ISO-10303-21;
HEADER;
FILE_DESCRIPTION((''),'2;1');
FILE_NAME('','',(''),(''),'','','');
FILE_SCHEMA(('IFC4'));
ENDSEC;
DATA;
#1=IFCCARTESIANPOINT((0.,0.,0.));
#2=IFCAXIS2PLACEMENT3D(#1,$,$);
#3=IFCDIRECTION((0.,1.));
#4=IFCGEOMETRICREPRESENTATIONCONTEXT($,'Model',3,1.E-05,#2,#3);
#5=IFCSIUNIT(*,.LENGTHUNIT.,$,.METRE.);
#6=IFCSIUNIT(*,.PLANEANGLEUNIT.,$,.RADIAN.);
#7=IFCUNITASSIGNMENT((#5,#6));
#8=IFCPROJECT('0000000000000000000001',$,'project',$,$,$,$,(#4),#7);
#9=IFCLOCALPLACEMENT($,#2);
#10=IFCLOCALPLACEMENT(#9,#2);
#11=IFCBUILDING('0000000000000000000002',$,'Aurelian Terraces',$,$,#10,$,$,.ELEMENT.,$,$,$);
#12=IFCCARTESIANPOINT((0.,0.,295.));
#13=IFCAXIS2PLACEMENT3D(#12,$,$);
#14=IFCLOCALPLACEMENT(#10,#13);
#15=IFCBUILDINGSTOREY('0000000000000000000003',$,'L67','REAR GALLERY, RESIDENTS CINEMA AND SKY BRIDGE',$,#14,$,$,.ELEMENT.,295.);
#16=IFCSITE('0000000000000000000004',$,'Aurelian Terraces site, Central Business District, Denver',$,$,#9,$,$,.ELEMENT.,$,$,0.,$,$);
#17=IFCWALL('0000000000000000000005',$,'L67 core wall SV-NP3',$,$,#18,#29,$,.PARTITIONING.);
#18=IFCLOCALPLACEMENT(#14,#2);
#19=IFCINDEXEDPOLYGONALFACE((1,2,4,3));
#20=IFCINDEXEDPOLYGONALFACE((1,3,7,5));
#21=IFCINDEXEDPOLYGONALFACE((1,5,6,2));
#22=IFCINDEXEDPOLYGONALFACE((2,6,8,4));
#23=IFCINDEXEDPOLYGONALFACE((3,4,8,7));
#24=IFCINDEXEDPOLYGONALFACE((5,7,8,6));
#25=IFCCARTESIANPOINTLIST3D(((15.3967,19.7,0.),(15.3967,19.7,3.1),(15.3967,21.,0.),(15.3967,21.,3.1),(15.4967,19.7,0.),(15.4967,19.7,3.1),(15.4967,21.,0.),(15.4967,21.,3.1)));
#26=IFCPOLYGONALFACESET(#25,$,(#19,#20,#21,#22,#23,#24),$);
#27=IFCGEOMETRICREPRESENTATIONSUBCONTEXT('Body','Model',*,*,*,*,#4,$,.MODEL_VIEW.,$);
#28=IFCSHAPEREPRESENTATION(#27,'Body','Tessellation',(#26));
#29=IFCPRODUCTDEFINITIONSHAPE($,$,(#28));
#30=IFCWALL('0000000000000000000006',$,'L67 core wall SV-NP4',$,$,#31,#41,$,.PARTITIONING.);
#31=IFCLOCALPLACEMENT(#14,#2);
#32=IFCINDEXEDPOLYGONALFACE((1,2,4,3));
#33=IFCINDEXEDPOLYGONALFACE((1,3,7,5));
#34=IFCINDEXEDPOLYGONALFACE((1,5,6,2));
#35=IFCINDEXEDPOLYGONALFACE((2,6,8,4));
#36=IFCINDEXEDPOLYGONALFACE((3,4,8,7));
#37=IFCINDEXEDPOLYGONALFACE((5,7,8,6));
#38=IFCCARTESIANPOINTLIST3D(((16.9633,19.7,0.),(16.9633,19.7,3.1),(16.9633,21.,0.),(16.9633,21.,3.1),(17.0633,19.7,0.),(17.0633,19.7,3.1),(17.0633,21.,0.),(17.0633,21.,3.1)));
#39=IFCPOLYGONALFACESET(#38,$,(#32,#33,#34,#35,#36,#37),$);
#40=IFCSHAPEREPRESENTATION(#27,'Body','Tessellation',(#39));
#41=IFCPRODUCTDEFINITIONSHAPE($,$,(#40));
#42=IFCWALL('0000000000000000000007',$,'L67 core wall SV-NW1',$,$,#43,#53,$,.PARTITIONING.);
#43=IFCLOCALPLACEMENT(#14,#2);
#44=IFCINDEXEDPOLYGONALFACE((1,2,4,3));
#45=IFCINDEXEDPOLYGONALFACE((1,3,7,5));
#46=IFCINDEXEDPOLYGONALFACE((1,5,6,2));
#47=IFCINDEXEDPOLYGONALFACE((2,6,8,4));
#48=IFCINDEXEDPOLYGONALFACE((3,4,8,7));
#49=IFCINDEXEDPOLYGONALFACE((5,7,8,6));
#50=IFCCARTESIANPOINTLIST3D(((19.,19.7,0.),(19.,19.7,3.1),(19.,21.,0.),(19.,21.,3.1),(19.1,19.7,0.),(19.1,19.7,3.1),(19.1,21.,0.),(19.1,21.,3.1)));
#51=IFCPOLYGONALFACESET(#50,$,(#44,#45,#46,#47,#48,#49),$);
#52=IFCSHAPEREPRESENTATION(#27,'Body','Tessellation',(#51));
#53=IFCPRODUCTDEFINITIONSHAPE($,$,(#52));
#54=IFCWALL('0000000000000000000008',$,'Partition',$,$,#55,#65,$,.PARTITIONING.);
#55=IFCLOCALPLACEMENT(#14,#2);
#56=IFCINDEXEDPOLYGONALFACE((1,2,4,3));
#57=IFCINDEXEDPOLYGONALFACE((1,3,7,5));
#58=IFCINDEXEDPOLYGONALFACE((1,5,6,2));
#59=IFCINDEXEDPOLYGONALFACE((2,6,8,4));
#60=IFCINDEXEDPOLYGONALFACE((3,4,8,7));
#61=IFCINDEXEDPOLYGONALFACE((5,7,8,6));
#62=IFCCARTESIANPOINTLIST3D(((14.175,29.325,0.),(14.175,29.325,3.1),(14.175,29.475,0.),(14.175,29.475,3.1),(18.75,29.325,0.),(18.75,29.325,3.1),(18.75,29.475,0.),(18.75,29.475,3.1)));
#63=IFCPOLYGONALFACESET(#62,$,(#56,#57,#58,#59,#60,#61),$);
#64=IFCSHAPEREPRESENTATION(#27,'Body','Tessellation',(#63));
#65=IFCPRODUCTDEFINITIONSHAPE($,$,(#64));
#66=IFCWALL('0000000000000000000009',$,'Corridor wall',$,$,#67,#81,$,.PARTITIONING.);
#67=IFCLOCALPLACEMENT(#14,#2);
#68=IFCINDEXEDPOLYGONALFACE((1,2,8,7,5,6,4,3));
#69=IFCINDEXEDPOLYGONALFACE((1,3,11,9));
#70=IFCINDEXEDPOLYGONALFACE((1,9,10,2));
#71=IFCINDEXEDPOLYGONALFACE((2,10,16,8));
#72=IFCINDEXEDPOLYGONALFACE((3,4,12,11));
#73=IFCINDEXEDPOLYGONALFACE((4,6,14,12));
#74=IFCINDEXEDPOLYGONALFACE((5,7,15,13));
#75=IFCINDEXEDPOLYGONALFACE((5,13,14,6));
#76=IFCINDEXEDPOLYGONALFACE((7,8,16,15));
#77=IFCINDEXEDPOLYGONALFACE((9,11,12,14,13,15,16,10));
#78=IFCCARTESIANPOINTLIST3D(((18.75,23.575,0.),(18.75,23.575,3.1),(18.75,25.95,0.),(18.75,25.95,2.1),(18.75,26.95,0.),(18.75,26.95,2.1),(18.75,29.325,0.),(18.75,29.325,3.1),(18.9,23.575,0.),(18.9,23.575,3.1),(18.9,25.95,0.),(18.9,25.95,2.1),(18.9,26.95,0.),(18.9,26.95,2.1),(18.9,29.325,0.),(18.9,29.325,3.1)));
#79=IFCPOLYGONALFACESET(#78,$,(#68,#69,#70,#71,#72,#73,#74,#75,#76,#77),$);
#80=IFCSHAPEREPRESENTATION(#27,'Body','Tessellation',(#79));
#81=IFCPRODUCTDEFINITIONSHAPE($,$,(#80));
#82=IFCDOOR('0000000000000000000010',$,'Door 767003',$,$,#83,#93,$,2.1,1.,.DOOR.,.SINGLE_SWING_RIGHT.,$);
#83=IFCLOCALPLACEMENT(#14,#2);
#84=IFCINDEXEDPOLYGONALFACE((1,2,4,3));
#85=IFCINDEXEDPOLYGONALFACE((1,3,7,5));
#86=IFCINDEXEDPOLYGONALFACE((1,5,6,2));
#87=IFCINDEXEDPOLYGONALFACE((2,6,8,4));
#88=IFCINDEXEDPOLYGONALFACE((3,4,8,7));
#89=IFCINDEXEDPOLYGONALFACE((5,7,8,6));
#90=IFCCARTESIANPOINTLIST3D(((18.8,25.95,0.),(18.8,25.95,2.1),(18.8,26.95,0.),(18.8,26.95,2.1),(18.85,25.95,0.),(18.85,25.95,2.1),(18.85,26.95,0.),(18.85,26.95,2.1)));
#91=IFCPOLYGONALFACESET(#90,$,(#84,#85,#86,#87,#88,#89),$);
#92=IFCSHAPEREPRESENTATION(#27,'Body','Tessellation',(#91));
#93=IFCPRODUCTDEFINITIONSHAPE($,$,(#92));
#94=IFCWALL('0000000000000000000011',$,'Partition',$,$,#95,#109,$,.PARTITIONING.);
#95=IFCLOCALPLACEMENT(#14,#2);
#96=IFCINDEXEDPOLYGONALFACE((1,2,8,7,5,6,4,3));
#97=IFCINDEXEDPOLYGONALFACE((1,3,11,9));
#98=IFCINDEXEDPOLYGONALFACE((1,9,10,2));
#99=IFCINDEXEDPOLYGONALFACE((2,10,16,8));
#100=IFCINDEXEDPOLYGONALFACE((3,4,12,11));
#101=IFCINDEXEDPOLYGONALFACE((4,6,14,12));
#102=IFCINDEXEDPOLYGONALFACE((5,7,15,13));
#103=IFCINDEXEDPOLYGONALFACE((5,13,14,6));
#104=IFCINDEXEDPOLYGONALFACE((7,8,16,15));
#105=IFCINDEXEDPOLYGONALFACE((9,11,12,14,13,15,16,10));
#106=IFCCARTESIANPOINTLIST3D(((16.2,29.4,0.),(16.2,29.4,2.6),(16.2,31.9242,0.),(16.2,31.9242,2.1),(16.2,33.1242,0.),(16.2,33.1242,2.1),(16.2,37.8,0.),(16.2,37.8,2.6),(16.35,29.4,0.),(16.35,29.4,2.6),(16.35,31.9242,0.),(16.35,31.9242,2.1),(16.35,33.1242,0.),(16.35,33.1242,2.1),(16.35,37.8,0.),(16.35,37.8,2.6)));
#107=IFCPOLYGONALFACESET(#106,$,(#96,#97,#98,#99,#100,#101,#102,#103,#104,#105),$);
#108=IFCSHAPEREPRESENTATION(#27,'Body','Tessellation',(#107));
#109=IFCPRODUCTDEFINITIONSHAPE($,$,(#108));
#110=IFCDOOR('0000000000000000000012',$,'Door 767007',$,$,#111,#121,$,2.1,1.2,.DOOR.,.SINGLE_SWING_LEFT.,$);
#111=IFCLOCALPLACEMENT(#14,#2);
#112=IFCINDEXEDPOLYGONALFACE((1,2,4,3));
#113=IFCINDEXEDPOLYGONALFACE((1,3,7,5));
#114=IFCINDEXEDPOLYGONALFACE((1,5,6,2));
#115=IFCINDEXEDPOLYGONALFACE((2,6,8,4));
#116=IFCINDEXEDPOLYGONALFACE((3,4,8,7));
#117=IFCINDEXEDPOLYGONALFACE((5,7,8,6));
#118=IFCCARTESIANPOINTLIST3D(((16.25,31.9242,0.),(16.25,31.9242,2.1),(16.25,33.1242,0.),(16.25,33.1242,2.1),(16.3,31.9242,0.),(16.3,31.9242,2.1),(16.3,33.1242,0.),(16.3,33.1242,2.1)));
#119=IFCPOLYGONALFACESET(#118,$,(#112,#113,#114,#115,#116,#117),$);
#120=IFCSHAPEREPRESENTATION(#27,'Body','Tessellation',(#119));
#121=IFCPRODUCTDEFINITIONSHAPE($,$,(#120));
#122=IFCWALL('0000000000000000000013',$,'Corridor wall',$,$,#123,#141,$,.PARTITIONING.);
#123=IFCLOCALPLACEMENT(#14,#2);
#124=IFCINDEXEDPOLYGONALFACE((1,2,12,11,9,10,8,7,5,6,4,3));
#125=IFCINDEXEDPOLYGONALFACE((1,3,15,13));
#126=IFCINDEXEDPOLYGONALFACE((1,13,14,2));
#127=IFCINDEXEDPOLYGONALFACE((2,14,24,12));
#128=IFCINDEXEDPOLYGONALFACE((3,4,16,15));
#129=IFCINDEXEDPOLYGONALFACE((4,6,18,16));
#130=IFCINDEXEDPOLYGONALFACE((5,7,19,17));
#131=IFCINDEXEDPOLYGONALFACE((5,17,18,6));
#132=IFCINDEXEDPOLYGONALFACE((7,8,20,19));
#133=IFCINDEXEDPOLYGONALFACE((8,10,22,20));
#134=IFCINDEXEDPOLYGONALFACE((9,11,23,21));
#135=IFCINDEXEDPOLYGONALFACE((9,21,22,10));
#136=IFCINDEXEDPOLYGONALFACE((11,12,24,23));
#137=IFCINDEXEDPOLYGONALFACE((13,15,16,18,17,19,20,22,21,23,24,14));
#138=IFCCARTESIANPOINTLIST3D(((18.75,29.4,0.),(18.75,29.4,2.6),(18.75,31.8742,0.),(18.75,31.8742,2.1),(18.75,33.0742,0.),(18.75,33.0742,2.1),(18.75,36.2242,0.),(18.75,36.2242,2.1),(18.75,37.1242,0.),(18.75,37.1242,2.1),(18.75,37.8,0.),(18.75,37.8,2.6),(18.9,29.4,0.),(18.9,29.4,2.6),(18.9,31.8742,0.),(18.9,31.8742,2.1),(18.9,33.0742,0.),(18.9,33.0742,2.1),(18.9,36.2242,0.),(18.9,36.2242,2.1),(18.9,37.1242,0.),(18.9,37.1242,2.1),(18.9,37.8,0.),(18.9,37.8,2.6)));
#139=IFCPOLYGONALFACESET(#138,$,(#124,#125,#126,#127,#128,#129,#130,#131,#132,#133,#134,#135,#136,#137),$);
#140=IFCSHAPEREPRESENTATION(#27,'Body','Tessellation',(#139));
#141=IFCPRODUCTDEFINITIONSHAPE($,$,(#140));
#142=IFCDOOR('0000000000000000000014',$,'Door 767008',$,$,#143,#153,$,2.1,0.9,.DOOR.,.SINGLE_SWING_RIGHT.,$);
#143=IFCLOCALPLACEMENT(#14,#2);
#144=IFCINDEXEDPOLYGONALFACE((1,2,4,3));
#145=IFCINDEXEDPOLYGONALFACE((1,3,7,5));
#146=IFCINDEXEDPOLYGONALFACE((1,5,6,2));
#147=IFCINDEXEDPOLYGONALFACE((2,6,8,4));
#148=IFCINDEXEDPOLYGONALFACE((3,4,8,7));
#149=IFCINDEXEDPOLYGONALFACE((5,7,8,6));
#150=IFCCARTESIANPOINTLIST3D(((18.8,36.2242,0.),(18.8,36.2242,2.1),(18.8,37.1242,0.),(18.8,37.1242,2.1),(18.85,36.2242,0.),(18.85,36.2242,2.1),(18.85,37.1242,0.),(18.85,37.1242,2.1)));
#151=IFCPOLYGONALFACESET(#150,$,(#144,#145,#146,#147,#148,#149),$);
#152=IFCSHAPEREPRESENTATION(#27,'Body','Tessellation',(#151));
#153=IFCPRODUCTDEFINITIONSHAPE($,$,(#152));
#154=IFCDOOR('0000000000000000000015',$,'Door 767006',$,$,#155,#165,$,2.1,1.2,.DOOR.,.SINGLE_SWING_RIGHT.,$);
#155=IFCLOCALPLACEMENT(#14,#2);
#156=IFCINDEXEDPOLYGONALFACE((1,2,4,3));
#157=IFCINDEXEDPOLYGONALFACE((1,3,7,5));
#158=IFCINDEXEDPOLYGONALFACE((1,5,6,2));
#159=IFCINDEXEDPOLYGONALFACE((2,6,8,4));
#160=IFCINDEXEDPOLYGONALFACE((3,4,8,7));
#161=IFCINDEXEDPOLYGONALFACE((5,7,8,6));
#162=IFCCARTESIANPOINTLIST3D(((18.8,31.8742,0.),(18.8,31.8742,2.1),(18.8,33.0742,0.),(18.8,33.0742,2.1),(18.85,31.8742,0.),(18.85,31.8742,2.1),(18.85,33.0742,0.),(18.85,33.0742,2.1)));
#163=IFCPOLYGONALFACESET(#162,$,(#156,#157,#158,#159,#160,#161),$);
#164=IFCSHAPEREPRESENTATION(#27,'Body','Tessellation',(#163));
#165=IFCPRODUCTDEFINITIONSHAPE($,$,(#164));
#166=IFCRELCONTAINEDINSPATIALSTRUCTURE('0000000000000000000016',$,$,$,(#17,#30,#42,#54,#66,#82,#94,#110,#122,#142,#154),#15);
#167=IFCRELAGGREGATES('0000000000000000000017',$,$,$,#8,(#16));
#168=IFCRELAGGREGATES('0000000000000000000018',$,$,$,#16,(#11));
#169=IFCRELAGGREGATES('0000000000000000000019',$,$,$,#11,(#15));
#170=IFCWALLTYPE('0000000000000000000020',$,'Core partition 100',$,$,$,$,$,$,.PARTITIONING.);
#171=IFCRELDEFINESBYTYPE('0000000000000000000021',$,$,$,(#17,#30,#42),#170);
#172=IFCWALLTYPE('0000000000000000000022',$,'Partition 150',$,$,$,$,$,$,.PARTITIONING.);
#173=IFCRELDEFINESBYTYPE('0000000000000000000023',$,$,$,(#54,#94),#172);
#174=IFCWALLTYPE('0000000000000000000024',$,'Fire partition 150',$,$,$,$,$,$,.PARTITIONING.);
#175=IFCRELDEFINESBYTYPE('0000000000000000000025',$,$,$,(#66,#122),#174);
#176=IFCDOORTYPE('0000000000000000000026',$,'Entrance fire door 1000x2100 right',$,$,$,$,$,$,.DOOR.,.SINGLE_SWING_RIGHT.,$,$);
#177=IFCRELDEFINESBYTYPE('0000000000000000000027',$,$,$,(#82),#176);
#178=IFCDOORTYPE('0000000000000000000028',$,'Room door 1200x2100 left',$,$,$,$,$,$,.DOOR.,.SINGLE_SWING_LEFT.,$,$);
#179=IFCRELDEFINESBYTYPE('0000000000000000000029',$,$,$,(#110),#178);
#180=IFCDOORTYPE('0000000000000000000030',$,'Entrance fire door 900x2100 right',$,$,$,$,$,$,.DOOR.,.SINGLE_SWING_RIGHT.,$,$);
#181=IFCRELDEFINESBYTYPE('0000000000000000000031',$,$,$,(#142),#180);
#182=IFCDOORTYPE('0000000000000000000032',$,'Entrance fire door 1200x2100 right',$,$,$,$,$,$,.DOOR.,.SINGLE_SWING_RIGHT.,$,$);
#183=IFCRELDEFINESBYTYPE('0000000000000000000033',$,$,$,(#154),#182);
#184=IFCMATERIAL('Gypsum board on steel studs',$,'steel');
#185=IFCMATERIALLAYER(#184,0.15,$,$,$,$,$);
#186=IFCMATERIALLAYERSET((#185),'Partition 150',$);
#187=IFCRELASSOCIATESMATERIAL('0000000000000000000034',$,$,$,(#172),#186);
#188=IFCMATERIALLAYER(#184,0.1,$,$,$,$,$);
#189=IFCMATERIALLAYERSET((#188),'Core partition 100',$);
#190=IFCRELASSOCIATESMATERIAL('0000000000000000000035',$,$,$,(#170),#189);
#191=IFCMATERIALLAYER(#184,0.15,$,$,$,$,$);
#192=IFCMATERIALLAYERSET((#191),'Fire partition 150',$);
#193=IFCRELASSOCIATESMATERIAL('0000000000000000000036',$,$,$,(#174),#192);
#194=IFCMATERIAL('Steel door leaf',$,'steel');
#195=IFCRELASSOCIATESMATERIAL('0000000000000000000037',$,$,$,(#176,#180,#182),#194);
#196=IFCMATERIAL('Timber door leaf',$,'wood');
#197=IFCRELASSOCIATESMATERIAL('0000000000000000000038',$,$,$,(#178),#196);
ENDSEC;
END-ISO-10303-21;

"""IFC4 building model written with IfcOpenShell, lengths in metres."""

from ifc_helpers import new_model, si_unit, direction, frame, frame_2d, origin, place, context, subcontext, project, spatial, rectangle, extrude, source, transform, mapped, material, layer, layer_set, type_object, element, fill, save


model = new_model("IFC4")

# Units and contexts
model_context = context("Model", 3, precision=1e-05, world=origin(), true_north=direction((0.0, 1.0)))
body_context = subcontext(model_context, "Body", "Model", "MODEL_VIEW")
ifc_project = project(units=[si_unit("LENGTHUNIT", "METRE"), si_unit("PLANEANGLEUNIT", "RADIAN")], contexts=[model_context])

# Site, building, storey
site_placement = place(None, origin())
site = spatial("IfcSite", under=ifc_project, at=site_placement, Name="Aurelian Terraces site, Central Business District, Denver", CompositionType="ELEMENT", RefElevation=0.0)
building_placement = place(site_placement, origin())
building = spatial("IfcBuilding", under=site, at=building_placement, Name="Aurelian Terraces", CompositionType="ELEMENT")
storey_placement = place(building_placement, frame((0.0, 0.0, 295.0)))
storey = spatial("IfcBuildingStorey", under=building, at=storey_placement, Name="L67", Description="REAR GALLERY, RESIDENTS CINEMA AND SKY BRIDGE", CompositionType="ELEMENT", Elevation=295.0)

# Shared definitions
ifc_material_1 = material(Name="Gypsum board on steel studs", Category="steel")
ifc_layer_1 = layer(ifc_material_1, 0.15)
ifc_layer_set_1 = layer_set([ifc_layer_1], Name="Partition 150")
wall_type_1 = type_object("IfcWallType", Name="Partition 150", PredefinedType="PARTITIONING", material=ifc_layer_set_1)

# Shared definitions
ifc_material_2 = material(Name="Steel door leaf", Category="steel")
shared_shape_1 = source(origin(), body_context, "Body", "SweptSolid", [
    extrude(rectangle(XDim=0.9, YDim=2.1, at=frame_2d((0.45, 1.05))), frame((0.0, 0.025, 0.0), z_axis=(0.0, -1.0, 0.0), x_axis=(1.0, 0.0, 0.0)), (0.0, 0.0, 1.0), 0.05),
])
shared_shape_2 = source(origin(), body_context, "Body", "SweptSolid", [
    extrude(rectangle(XDim=1.2, YDim=2.1, at=frame_2d((0.6, 1.05))), frame((0.0, 0.025, 0.0), z_axis=(0.0, -1.0, 0.0), x_axis=(1.0, 0.0, 0.0)), (0.0, 0.0, 1.0), 0.05),
])

# Walls
ifc_layer_2 = layer(ifc_material_1, 0.1)
ifc_layer_set_2 = layer_set([ifc_layer_2], Name="Core partition 100")
wall_type_2 = type_object("IfcWallType", Name="Core partition 100", PredefinedType="PARTITIONING", material=ifc_layer_set_2)
shared_shape_3 = source(origin(), body_context, "Body", "SweptSolid", [
    extrude(rectangle(XDim=1.3, YDim=0.1, at=frame_2d((0.65, 0.0))), origin(), (0.0, 0.0, 1.0), 3.1),
])
for number, where, z_axis, x_axis, name in (
    (1, (15.4467, 19.7, 0.0), (0.0, 0.0, 1.0), (0.0, 1.0, 0.0), "L67 core wall SV-NP3"),
    (2, (17.0133, 19.7, 0.0), (0.0, 0.0, 1.0), (0.0, 1.0, 0.0), "L67 core wall SV-NP4"),
    (3, (19.05, 19.7, 0.0), (0.0, 0.0, 1.0), (0.0, 1.0, 0.0), "L67 core wall SV-NW1"),
):
    element("IfcWall", number, at=place(storey_placement, frame(where, z_axis=z_axis, x_axis=x_axis)), inside=storey, type_object=wall_type_2, Name=name, PredefinedType="PARTITIONING", context=body_context, shape_type="MappedRepresentation", body=[
        mapped(shared_shape_3, transform((0.0, 0.0, 0.0), scale=1.0)),
    ])
shared_shape_4 = source(origin(), body_context, "Body", "SweptSolid", [
    extrude(rectangle(XDim=4.575, YDim=0.15, at=frame_2d((2.2875, 0.0))), origin(), (0.0, 0.0, 1.0), 3.1),
])
wall_1_placement = place(storey_placement, frame((18.75, 29.4, 0.0), z_axis=(0.0, 0.0, 1.0), x_axis=(-1.0, 0.0, 0.0)))
element("IfcWall", 4, at=wall_1_placement, inside=storey, type_object=wall_type_1, Name="Partition", PredefinedType="PARTITIONING", context=body_context, shape_type="MappedRepresentation", body=[
    mapped(shared_shape_4, transform((0.0, 0.0, 0.0), scale=1.0)),
])

# Walls, openings, doors
ifc_layer_3 = layer(ifc_material_1, 0.15)
ifc_layer_set_3 = layer_set([ifc_layer_3], Name="Fire partition 150")
wall_type_3 = type_object("IfcWallType", Name="Fire partition 150", PredefinedType="PARTITIONING", material=ifc_layer_set_3)
shared_shape_5 = source(origin(), body_context, "Body", "SweptSolid", [
    extrude(rectangle(XDim=5.75, YDim=0.15, at=frame_2d((2.875, 0.0))), origin(), (0.0, 0.0, 1.0), 3.1),
])
wall_2_placement = place(storey_placement, frame((18.825, 23.575, 0.0), z_axis=(0.0, 0.0, 1.0), x_axis=(0.0, 1.0, 0.0)))
wall_2 = element("IfcWall", 5, at=wall_2_placement, inside=storey, type_object=wall_type_3, Name="Corridor wall", PredefinedType="PARTITIONING", context=body_context, shape_type="MappedRepresentation", body=[
    mapped(shared_shape_5, transform((0.0, 0.0, 0.0), scale=1.0)),
])
shared_shape_6 = source(origin(), body_context, "Body", "SweptSolid", [
    extrude(rectangle(XDim=1.0, YDim=2.1, at=frame_2d((0.5, 1.05))), frame((0.0, 0.085, 0.0), z_axis=(0.0, -1.0, 0.0), x_axis=(1.0, 0.0, 0.0)), (0.0, 0.0, 1.0), 0.17),
])
opening_1_placement = place(wall_2_placement, frame((2.375, 0.0, 0.0)))
opening_1 = element("IfcOpeningElement", 6, at=opening_1_placement, cuts=wall_2, PredefinedType="OPENING", context=body_context, shape_type="MappedRepresentation", body=[
    mapped(shared_shape_6, transform((0.0, 0.0, 0.0), scale=1.0)),
])
door_type_1 = type_object("IfcDoorType", Name="Entrance fire door 1000x2100 right", OperationType="SINGLE_SWING_RIGHT", PredefinedType="DOOR", material=ifc_material_2)
shared_shape_7 = source(origin(), body_context, "Body", "SweptSolid", [
    extrude(rectangle(XDim=1.0, YDim=2.1, at=frame_2d((0.5, 1.05))), frame((0.0, 0.025, 0.0), z_axis=(0.0, -1.0, 0.0), x_axis=(1.0, 0.0, 0.0)), (0.0, 0.0, 1.0), 0.05),
])
door_1_placement = place(opening_1_placement, origin())
door_1 = element("IfcDoor", 7, at=door_1_placement, inside=storey, type_object=door_type_1, Name="Door 767003", OperationType="SINGLE_SWING_RIGHT", OverallHeight=2.1, OverallWidth=1.0, PredefinedType="DOOR", context=body_context, shape_type="MappedRepresentation", body=[
    mapped(shared_shape_7, transform((0.0, 0.0, 0.0), scale=1.0)),
])
fill(opening_1, door_1)
shared_shape_8 = source(origin(), body_context, "Body", "SweptSolid", [
    extrude(rectangle(XDim=8.4, YDim=0.15, at=frame_2d((4.2, 0.0))), origin(), (0.0, 0.0, 1.0), 2.6),
])
wall_3_placement = place(storey_placement, frame((16.275, 29.4, 0.0), z_axis=(0.0, 0.0, 1.0), x_axis=(0.0, 1.0, 0.0)))
wall_3 = element("IfcWall", 8, at=wall_3_placement, inside=storey, type_object=wall_type_1, Name="Partition", PredefinedType="PARTITIONING", context=body_context, shape_type="MappedRepresentation", body=[
    mapped(shared_shape_8, transform((0.0, 0.0, 0.0), scale=1.0)),
])
shared_shape_9 = source(origin(), body_context, "Body", "SweptSolid", [
    extrude(rectangle(XDim=1.2, YDim=2.1, at=frame_2d((0.6, 1.05))), frame((0.0, 0.085, 0.0), z_axis=(0.0, -1.0, 0.0), x_axis=(1.0, 0.0, 0.0)), (0.0, 0.0, 1.0), 0.17),
])
opening_2_placement = place(wall_3_placement, frame((2.5242, 0.0, 0.0)))
opening_2 = element("IfcOpeningElement", 9, at=opening_2_placement, cuts=wall_3, PredefinedType="OPENING", context=body_context, shape_type="MappedRepresentation", body=[
    mapped(shared_shape_9, transform((0.0, 0.0, 0.0), scale=1.0)),
])
ifc_material_3 = material(Name="Timber door leaf", Category="wood")
door_type_2 = type_object("IfcDoorType", Name="Room door 1200x2100 left", OperationType="SINGLE_SWING_LEFT", PredefinedType="DOOR", material=ifc_material_3)
door_2_placement = place(opening_2_placement, origin())
door_2 = element("IfcDoor", 10, at=door_2_placement, inside=storey, type_object=door_type_2, Name="Door 767007", OperationType="SINGLE_SWING_LEFT", OverallHeight=2.1, OverallWidth=1.2, PredefinedType="DOOR", context=body_context, shape_type="MappedRepresentation", body=[
    mapped(shared_shape_2, transform((0.0, 0.0, 0.0), scale=1.0)),
])
fill(opening_2, door_2)

# Wall, openings, doors
wall_4_placement = place(storey_placement, frame((18.825, 29.4, 0.0), z_axis=(0.0, 0.0, 1.0), x_axis=(0.0, 1.0, 0.0)))
wall_4 = element("IfcWall", 11, at=wall_4_placement, inside=storey, type_object=wall_type_3, Name="Corridor wall", PredefinedType="PARTITIONING", context=body_context, shape_type="MappedRepresentation", body=[
    mapped(shared_shape_8, transform((0.0, 0.0, 0.0), scale=1.0)),
])
opening_3_placement = place(wall_4_placement, frame((2.4742, 0.0, 0.0)))
opening_3 = element("IfcOpeningElement", 12, at=opening_3_placement, cuts=wall_4, PredefinedType="OPENING", context=body_context, shape_type="MappedRepresentation", body=[
    mapped(shared_shape_9, transform((0.0, 0.0, 0.0), scale=1.0)),
])
shared_shape_10 = source(origin(), body_context, "Body", "SweptSolid", [
    extrude(rectangle(XDim=0.9, YDim=2.1, at=frame_2d((0.45, 1.05))), frame((0.0, 0.085, 0.0), z_axis=(0.0, -1.0, 0.0), x_axis=(1.0, 0.0, 0.0)), (0.0, 0.0, 1.0), 0.17),
])
opening_4_placement = place(wall_4_placement, frame((6.8242, 0.0, 0.0)))
opening_4 = element("IfcOpeningElement", 13, at=opening_4_placement, cuts=wall_4, PredefinedType="OPENING", context=body_context, shape_type="MappedRepresentation", body=[
    mapped(shared_shape_10, transform((0.0, 0.0, 0.0), scale=1.0)),
])
door_type_3 = type_object("IfcDoorType", Name="Entrance fire door 900x2100 right", OperationType="SINGLE_SWING_RIGHT", PredefinedType="DOOR", material=ifc_material_2)
door_3_placement = place(opening_4_placement, origin())
door_3 = element("IfcDoor", 14, at=door_3_placement, inside=storey, type_object=door_type_3, Name="Door 767008", OperationType="SINGLE_SWING_RIGHT", OverallHeight=2.1, OverallWidth=0.9, PredefinedType="DOOR", context=body_context, shape_type="MappedRepresentation", body=[
    mapped(shared_shape_1, transform((0.0, 0.0, 0.0), scale=1.0)),
])
fill(opening_4, door_3)
door_type_4 = type_object("IfcDoorType", Name="Entrance fire door 1200x2100 right", OperationType="SINGLE_SWING_RIGHT", PredefinedType="DOOR", material=ifc_material_2)
door_4_placement = place(opening_3_placement, origin())
door_4 = element("IfcDoor", 15, at=door_4_placement, inside=storey, type_object=door_type_4, Name="Door 767006", OperationType="SINGLE_SWING_RIGHT", OverallHeight=2.1, OverallWidth=1.2, PredefinedType="DOOR", context=body_context, shape_type="MappedRepresentation", body=[
    mapped(shared_shape_2, transform((0.0, 0.0, 0.0), scale=1.0)),
])
fill(opening_3, door_4)

save(model, "model.ifc")
